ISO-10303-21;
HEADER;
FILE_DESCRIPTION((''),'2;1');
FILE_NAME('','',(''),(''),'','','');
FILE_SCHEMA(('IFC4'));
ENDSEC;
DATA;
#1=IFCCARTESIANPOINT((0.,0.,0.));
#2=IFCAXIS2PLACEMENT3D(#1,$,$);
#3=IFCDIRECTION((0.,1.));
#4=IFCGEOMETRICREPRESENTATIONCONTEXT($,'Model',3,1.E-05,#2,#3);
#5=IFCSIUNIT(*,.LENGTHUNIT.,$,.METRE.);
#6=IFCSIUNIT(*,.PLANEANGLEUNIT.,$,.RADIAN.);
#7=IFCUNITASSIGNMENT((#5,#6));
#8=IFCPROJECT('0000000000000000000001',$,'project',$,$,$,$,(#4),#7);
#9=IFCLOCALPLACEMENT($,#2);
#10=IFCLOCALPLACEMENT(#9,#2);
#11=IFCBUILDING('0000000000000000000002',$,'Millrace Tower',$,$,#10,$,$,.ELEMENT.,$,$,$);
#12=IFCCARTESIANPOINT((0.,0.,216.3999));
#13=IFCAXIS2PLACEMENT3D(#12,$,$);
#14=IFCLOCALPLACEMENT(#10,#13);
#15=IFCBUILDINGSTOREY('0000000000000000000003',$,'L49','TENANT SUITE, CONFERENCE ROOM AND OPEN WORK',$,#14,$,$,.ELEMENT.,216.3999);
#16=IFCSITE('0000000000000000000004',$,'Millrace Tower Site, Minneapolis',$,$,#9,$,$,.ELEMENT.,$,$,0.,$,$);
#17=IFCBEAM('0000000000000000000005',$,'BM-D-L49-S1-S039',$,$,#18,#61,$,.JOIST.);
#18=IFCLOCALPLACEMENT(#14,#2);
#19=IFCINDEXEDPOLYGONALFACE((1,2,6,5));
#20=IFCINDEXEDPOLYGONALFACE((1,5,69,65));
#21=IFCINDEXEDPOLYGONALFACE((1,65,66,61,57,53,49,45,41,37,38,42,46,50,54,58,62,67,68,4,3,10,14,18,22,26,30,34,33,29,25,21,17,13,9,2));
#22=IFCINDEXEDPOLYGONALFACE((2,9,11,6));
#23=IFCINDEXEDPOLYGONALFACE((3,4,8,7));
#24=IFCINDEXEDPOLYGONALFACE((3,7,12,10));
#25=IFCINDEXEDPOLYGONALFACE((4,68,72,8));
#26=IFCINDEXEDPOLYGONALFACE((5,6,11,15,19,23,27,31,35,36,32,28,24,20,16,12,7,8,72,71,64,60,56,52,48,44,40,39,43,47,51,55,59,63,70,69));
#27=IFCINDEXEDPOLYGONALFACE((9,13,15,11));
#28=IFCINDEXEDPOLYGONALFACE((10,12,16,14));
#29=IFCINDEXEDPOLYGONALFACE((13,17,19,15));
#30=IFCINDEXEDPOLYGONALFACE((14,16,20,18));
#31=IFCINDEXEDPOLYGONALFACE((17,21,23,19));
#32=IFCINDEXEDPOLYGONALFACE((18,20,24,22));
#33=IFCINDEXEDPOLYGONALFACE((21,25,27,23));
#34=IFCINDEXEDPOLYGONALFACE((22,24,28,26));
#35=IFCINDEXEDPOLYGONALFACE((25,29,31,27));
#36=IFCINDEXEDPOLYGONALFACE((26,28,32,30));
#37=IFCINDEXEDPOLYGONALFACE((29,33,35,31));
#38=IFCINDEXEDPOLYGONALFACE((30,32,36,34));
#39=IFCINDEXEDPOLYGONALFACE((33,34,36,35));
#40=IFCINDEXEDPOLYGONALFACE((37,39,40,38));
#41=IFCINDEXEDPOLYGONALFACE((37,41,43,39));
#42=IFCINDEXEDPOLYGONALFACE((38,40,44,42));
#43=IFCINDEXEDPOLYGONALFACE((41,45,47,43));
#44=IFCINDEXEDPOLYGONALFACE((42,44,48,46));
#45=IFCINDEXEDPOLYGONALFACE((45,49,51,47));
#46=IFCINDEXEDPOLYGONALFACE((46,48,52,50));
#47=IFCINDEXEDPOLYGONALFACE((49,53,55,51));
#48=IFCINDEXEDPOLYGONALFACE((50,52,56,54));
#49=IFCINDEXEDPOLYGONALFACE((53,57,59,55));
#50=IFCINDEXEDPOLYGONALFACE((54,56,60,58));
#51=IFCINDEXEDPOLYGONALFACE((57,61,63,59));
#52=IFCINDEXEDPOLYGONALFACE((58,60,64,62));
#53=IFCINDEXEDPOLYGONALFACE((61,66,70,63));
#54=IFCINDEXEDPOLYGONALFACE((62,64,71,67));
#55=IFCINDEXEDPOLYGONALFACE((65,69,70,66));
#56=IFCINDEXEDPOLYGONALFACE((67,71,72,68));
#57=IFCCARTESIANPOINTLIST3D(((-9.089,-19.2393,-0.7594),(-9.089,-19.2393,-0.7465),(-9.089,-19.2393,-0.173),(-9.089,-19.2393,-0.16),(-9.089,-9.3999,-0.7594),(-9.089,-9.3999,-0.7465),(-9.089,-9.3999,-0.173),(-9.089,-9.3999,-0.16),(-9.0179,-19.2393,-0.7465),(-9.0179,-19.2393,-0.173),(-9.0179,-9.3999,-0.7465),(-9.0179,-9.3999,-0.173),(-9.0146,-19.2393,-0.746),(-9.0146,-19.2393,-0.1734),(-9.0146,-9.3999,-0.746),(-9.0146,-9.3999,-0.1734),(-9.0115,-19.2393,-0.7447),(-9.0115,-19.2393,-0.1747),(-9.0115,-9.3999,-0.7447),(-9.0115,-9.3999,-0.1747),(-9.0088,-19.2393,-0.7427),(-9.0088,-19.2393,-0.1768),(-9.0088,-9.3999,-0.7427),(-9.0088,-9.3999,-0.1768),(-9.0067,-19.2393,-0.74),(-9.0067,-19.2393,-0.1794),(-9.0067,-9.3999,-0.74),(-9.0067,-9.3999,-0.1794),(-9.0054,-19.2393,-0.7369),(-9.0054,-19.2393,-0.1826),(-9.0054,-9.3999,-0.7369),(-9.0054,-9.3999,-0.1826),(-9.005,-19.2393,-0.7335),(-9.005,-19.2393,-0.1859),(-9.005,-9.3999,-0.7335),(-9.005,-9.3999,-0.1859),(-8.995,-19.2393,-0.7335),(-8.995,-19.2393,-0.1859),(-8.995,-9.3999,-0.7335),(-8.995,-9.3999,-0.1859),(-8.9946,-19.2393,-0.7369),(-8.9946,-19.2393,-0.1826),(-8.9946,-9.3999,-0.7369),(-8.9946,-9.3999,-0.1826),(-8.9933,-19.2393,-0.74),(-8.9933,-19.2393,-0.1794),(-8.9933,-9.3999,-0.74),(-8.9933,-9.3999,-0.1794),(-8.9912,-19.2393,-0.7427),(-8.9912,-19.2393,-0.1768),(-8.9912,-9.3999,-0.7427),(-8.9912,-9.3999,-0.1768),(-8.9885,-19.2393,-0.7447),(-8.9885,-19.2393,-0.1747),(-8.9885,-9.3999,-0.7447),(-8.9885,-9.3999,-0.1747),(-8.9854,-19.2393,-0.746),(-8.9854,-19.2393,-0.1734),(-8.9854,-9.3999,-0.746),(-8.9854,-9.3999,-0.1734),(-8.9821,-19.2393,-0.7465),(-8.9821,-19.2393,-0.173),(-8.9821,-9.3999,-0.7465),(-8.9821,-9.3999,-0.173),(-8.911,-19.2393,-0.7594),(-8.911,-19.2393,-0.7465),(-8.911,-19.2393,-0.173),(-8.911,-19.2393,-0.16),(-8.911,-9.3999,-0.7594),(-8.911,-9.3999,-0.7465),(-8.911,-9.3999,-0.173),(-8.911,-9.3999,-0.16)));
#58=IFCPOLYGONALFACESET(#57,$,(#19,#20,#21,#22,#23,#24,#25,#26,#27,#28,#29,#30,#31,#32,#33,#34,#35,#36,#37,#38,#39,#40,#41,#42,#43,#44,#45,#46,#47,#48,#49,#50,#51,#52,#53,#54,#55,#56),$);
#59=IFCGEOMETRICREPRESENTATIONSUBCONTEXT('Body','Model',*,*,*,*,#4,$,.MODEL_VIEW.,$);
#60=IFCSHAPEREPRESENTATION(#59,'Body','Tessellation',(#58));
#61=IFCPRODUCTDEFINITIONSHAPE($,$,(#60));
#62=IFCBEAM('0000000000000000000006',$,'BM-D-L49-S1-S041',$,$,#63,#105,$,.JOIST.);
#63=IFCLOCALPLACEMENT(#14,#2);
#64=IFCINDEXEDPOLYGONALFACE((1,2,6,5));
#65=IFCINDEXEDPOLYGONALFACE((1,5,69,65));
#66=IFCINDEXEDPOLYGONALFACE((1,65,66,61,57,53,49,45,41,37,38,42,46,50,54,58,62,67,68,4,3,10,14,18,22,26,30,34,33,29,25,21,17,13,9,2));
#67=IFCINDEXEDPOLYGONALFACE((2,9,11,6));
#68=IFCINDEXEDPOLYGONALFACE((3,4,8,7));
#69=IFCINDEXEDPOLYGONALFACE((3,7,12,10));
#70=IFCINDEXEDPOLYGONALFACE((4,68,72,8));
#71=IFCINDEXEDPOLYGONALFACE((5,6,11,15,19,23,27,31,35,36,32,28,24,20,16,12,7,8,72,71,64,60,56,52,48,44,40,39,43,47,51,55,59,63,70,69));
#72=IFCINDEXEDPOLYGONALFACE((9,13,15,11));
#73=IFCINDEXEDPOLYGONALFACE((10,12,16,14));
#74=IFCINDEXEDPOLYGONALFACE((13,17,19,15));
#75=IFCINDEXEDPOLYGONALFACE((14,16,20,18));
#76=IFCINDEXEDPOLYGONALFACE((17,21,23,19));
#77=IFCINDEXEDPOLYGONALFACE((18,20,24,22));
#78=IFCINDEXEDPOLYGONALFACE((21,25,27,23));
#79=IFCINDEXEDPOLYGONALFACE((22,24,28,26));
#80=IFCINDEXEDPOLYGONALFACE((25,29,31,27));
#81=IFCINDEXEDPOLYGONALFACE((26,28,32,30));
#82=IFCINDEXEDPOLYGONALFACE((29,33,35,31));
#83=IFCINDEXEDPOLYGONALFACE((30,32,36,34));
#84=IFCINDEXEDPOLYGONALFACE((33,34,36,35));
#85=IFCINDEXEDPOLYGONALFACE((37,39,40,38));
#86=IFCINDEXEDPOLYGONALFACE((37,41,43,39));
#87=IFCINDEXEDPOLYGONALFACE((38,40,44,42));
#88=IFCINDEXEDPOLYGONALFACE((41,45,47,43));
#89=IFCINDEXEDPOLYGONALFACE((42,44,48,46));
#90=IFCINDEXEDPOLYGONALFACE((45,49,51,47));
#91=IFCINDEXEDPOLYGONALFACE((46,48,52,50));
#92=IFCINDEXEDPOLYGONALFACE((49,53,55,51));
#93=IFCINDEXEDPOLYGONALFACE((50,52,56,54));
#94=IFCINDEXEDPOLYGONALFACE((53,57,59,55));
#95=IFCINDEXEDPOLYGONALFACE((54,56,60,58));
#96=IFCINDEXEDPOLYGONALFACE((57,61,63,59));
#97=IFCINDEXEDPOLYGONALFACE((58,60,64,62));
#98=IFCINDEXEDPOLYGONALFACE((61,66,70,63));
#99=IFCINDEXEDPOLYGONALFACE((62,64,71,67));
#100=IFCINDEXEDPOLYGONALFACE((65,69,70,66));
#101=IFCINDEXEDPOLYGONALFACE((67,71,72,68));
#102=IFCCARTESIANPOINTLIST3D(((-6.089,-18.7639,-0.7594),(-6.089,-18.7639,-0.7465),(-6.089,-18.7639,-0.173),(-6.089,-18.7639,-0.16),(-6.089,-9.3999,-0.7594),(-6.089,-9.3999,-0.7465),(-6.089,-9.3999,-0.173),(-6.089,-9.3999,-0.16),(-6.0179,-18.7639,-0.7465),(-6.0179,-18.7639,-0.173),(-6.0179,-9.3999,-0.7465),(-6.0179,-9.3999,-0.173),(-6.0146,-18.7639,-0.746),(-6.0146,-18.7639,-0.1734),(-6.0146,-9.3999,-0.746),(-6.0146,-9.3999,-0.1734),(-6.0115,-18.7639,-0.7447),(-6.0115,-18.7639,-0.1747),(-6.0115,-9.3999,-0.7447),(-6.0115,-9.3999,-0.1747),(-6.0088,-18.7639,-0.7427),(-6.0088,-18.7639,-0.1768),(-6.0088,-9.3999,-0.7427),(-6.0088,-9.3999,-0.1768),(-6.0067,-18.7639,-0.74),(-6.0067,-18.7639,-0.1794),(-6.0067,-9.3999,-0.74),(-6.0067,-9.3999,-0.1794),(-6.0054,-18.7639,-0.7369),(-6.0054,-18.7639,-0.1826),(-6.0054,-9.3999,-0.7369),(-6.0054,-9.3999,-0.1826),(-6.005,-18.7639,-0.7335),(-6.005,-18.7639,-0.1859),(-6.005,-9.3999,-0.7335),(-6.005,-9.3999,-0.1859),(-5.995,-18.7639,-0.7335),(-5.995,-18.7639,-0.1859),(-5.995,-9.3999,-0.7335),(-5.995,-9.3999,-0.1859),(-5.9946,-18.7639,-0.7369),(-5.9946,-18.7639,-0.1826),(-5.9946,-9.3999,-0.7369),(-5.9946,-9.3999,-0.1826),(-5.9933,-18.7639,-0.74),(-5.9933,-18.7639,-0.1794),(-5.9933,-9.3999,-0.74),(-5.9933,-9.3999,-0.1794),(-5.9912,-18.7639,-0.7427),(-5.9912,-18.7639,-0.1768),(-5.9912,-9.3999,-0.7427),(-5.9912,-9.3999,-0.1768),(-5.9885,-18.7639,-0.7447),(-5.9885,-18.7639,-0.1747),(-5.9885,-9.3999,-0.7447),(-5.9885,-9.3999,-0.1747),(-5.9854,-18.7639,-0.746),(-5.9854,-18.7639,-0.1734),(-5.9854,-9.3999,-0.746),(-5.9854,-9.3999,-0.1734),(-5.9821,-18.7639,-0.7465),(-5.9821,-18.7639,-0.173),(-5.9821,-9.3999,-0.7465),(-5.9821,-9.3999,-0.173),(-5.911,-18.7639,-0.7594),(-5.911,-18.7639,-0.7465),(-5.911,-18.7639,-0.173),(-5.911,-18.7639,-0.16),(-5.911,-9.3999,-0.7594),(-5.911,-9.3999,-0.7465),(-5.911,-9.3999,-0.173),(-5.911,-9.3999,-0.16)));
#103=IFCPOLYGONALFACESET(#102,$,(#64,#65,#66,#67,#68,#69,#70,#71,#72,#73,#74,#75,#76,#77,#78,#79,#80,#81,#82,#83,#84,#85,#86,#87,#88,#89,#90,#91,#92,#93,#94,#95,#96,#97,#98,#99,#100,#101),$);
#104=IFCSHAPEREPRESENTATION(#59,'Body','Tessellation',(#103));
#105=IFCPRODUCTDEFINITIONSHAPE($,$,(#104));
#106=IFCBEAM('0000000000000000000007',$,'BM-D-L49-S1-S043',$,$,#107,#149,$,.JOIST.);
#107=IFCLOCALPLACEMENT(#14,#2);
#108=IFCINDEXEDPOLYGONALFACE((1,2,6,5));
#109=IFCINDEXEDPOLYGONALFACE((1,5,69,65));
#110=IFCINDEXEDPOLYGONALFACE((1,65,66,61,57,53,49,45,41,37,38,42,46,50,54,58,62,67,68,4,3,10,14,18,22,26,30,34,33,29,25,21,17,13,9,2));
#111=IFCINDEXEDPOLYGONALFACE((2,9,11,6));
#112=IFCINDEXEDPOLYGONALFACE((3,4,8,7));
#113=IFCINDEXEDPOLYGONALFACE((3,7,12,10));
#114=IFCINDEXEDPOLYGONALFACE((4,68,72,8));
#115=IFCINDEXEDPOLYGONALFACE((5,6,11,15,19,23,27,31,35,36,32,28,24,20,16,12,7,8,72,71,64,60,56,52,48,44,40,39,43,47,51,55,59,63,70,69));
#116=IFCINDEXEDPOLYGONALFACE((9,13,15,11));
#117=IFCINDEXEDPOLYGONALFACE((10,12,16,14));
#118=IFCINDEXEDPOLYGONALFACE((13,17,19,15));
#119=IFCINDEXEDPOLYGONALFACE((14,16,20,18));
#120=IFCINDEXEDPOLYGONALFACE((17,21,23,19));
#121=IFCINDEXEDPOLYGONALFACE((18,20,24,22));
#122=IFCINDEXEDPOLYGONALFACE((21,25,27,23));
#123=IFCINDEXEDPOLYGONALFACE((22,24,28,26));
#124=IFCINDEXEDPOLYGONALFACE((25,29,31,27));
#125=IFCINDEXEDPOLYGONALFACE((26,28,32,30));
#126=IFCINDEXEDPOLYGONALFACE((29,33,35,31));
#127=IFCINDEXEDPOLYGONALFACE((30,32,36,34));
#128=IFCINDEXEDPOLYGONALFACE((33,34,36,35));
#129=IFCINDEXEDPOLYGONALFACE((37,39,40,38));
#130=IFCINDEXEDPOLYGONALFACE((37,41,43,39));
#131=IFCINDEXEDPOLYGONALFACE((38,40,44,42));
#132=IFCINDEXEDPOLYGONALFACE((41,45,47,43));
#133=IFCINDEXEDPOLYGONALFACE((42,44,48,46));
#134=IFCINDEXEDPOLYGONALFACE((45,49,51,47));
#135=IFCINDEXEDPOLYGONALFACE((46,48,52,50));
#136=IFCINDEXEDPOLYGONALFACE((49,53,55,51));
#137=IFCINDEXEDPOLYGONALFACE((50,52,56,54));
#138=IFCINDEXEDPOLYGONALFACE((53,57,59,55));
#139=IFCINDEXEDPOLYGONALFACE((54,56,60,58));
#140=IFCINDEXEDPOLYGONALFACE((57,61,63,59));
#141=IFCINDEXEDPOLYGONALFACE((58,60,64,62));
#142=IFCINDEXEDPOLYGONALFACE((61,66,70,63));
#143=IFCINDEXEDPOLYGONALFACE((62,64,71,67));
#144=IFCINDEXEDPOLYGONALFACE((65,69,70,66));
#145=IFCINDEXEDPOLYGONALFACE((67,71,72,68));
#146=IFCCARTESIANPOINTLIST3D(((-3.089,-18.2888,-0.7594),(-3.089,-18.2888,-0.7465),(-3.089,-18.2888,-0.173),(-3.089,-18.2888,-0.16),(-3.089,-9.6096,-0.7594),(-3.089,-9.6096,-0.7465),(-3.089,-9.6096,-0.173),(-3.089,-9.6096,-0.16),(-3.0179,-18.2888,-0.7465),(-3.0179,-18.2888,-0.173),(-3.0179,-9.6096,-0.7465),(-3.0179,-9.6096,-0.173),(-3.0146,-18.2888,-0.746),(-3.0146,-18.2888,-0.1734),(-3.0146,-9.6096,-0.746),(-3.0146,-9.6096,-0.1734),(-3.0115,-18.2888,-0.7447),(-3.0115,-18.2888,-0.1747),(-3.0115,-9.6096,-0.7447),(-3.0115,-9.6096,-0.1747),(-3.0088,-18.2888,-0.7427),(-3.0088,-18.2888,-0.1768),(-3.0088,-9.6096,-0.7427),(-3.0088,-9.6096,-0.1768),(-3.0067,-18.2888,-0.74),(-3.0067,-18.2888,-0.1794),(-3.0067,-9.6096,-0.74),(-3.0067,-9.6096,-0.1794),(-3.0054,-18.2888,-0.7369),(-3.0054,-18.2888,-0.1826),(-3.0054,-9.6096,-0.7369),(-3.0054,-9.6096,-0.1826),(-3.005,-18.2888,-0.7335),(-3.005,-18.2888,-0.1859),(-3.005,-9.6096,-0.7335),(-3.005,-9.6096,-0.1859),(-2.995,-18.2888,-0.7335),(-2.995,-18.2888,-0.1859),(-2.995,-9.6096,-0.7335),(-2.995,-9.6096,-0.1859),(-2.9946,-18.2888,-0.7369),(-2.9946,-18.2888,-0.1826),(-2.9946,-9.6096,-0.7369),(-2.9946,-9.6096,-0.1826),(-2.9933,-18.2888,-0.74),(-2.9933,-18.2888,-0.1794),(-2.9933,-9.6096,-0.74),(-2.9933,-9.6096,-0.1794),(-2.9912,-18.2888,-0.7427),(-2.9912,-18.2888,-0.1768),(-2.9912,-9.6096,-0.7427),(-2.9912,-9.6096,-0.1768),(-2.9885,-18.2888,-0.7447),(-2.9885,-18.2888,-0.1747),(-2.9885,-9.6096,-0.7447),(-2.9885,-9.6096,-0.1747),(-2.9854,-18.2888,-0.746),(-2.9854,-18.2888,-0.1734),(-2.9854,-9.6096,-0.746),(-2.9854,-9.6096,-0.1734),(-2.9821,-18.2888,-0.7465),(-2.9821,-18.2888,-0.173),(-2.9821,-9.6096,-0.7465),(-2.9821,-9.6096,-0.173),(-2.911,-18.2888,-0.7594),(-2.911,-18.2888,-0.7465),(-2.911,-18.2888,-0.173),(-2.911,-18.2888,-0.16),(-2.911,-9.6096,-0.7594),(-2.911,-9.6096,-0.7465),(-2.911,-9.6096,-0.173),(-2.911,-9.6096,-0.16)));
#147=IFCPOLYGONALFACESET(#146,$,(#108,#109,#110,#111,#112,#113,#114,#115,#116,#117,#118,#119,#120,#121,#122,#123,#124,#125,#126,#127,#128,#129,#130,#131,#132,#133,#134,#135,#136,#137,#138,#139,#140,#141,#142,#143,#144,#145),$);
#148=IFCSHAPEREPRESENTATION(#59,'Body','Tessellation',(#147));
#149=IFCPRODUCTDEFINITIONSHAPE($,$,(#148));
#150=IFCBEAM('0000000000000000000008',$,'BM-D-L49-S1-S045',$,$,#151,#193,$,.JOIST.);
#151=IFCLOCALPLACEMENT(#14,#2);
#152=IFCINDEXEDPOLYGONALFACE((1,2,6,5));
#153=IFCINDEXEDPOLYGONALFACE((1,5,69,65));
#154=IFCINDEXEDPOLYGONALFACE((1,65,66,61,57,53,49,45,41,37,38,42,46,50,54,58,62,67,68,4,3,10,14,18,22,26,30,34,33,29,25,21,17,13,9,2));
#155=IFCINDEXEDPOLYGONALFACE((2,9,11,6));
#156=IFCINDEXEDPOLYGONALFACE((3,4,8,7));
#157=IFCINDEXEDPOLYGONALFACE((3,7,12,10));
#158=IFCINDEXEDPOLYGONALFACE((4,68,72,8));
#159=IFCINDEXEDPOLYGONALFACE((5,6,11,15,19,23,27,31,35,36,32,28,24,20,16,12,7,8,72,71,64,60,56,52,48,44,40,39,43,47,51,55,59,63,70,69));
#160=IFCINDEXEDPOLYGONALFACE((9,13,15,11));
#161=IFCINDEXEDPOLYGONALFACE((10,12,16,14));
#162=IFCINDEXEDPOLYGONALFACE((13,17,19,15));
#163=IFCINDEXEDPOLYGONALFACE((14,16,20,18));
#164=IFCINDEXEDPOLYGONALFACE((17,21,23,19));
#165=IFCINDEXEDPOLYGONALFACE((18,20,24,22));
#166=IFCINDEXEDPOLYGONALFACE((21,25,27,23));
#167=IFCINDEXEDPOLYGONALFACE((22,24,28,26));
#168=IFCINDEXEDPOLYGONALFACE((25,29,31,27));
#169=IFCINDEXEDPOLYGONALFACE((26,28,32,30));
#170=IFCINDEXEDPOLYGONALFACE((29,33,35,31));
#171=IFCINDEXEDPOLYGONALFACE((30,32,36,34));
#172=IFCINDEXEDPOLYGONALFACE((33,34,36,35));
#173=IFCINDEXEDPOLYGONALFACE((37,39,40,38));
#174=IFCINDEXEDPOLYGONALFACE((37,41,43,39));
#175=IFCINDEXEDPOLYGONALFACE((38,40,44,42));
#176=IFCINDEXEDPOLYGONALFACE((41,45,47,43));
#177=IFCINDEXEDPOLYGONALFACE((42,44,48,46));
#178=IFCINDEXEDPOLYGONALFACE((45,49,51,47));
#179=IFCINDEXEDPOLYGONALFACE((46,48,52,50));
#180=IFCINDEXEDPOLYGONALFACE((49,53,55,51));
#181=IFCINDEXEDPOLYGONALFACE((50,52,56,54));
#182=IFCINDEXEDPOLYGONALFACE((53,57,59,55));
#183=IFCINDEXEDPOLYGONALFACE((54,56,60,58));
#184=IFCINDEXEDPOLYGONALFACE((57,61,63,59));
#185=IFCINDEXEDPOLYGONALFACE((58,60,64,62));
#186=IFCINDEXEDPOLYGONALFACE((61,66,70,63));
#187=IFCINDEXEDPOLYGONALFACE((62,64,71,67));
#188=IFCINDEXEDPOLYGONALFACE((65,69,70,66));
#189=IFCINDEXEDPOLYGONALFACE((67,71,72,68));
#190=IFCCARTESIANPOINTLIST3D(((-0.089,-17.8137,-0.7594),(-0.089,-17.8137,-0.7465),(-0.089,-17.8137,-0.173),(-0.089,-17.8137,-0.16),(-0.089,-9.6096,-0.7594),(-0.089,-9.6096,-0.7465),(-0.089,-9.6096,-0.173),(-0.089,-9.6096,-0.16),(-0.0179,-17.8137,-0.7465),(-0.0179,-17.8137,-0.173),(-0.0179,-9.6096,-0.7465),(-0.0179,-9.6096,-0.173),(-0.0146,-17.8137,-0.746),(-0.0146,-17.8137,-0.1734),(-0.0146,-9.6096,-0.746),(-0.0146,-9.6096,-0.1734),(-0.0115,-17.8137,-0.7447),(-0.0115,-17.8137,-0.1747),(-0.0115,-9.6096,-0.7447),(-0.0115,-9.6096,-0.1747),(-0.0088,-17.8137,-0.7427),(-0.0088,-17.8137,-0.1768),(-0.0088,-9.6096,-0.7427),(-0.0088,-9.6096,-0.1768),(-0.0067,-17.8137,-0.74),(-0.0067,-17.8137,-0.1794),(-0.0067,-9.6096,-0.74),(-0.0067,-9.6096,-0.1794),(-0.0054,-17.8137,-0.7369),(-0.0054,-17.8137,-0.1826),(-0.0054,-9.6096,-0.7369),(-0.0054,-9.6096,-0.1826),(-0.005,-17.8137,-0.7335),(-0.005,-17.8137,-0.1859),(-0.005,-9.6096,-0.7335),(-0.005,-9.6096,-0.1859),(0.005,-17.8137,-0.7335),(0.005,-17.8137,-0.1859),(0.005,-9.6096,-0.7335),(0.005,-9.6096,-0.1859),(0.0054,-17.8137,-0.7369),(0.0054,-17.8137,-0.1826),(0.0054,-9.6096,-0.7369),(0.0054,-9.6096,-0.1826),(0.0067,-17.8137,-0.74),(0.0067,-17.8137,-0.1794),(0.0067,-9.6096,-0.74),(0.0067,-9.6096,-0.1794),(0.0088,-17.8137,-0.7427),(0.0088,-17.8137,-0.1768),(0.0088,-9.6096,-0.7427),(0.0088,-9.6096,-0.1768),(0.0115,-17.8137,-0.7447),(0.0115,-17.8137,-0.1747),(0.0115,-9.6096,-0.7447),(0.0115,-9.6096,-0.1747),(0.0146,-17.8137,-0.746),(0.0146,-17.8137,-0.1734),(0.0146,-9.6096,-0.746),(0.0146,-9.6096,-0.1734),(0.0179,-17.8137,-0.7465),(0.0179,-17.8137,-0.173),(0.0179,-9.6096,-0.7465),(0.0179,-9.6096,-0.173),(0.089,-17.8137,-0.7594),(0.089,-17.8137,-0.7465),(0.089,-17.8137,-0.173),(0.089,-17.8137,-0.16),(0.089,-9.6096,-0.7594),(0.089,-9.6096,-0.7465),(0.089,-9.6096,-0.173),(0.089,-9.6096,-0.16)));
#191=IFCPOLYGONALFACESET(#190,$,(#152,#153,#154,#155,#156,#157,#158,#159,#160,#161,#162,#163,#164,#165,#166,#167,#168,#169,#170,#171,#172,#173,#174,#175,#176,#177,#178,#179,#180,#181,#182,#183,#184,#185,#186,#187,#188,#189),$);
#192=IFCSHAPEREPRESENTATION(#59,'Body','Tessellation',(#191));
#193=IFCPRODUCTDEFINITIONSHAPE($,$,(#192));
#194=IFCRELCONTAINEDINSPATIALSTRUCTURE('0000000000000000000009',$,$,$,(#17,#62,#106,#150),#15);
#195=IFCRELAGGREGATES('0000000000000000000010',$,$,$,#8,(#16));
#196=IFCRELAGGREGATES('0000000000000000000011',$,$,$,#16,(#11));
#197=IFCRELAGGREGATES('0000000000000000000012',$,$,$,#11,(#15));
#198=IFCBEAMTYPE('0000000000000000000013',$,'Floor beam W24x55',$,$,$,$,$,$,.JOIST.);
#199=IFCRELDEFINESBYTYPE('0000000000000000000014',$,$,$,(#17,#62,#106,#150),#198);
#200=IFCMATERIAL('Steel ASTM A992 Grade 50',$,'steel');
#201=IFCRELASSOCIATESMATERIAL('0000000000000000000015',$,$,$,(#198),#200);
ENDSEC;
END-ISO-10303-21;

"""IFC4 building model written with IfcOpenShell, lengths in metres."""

from ifc_helpers import new_model, si_unit, direction, frame, origin, origin_2d, place, context, subcontext, project, spatial, i_section, extrude, material, material_profile, profile_set, type_object, element, save


model = new_model("IFC4")

# Units and contexts
model_context = context("Model", 3, precision=1e-05, world=origin(), true_north=direction((0.0, 1.0)))
body_context = subcontext(model_context, "Body", "Model", "MODEL_VIEW")
ifc_project = project(units=[si_unit("LENGTHUNIT", "METRE"), si_unit("PLANEANGLEUNIT", "RADIAN")], contexts=[model_context])

# Site, building, storey
site_placement = place(None, origin())
site = spatial("IfcSite", under=ifc_project, at=site_placement, Name="Millrace Tower Site, Minneapolis", CompositionType="ELEMENT", RefElevation=0.0)
building_placement = place(site_placement, origin())
building = spatial("IfcBuilding", under=site, at=building_placement, Name="Millrace Tower", CompositionType="ELEMENT")
storey_placement = place(building_placement, frame((0.0, 0.0, 216.3999)))
storey = spatial("IfcBuildingStorey", under=building, at=storey_placement, Name="L49", Description="TENANT SUITE, CONFERENCE ROOM AND OPEN WORK", CompositionType="ELEMENT", Elevation=216.3999)

# Beams
ifc_material_1 = material(Name="Steel ASTM A992 Grade 50", Category="steel")
ifc_material_profile_1 = material_profile(ifc_material_1, i_section(OverallWidth=0.178, OverallDepth=0.5994, WebThickness=0.01, FlangeThickness=0.0129, FilletRadius=0.0129, at=origin_2d()))
ifc_profile_set_1 = profile_set([ifc_material_profile_1], Name="Steel ASTM A992 Grade 50")
beam_type_1 = type_object("IfcBeamType", Name="Floor beam W24x55", PredefinedType="JOIST", material=ifc_profile_set_1)
beam_1_placement = place(storey_placement, frame((-9.0, -19.2393, -0.4597), z_axis=(0.0, 1.0, 0.0), x_axis=(-1.0, 0.0, 0.0)))
element("IfcBeam", 1, at=beam_1_placement, inside=storey, type_object=beam_type_1, Name="BM-D-L49-S1-S039", PredefinedType="JOIST", context=body_context, shape_type="SweptSolid", body=[
    extrude(i_section(OverallWidth=0.178, OverallDepth=0.5994, WebThickness=0.01, FlangeThickness=0.0129, FilletRadius=0.0129, at=origin_2d()), origin(), (0.0, 0.0, 1.0), 9.8394),
])
beam_2_placement = place(storey_placement, frame((-6.0, -18.7639, -0.4597), z_axis=(0.0, 1.0, 0.0), x_axis=(-1.0, 0.0, 0.0)))
element("IfcBeam", 2, at=beam_2_placement, inside=storey, type_object=beam_type_1, Name="BM-D-L49-S1-S041", PredefinedType="JOIST", context=body_context, shape_type="SweptSolid", body=[
    extrude(i_section(OverallWidth=0.178, OverallDepth=0.5994, WebThickness=0.01, FlangeThickness=0.0129, FilletRadius=0.0129, at=origin_2d()), origin(), (0.0, 0.0, 1.0), 9.364),
])
beam_3_placement = place(storey_placement, frame((-3.0, -18.2888, -0.4597), z_axis=(0.0, 1.0, 0.0), x_axis=(-1.0, 0.0, 0.0)))
element("IfcBeam", 3, at=beam_3_placement, inside=storey, type_object=beam_type_1, Name="BM-D-L49-S1-S043", PredefinedType="JOIST", context=body_context, shape_type="SweptSolid", body=[
    extrude(i_section(OverallWidth=0.178, OverallDepth=0.5994, WebThickness=0.01, FlangeThickness=0.0129, FilletRadius=0.0129, at=origin_2d()), origin(), (0.0, 0.0, 1.0), 8.6792),
])
beam_4_placement = place(storey_placement, frame((0.0, -17.8137, -0.4597), z_axis=(0.0, 1.0, 0.0), x_axis=(-1.0, 0.0, 0.0)))
element("IfcBeam", 4, at=beam_4_placement, inside=storey, type_object=beam_type_1, Name="BM-D-L49-S1-S045", PredefinedType="JOIST", context=body_context, shape_type="SweptSolid", body=[
    extrude(i_section(OverallWidth=0.178, OverallDepth=0.5994, WebThickness=0.01, FlangeThickness=0.0129, FilletRadius=0.0129, at=origin_2d()), origin(), (0.0, 0.0, 1.0), 8.2041),
])

save(model, "model.ifc")
